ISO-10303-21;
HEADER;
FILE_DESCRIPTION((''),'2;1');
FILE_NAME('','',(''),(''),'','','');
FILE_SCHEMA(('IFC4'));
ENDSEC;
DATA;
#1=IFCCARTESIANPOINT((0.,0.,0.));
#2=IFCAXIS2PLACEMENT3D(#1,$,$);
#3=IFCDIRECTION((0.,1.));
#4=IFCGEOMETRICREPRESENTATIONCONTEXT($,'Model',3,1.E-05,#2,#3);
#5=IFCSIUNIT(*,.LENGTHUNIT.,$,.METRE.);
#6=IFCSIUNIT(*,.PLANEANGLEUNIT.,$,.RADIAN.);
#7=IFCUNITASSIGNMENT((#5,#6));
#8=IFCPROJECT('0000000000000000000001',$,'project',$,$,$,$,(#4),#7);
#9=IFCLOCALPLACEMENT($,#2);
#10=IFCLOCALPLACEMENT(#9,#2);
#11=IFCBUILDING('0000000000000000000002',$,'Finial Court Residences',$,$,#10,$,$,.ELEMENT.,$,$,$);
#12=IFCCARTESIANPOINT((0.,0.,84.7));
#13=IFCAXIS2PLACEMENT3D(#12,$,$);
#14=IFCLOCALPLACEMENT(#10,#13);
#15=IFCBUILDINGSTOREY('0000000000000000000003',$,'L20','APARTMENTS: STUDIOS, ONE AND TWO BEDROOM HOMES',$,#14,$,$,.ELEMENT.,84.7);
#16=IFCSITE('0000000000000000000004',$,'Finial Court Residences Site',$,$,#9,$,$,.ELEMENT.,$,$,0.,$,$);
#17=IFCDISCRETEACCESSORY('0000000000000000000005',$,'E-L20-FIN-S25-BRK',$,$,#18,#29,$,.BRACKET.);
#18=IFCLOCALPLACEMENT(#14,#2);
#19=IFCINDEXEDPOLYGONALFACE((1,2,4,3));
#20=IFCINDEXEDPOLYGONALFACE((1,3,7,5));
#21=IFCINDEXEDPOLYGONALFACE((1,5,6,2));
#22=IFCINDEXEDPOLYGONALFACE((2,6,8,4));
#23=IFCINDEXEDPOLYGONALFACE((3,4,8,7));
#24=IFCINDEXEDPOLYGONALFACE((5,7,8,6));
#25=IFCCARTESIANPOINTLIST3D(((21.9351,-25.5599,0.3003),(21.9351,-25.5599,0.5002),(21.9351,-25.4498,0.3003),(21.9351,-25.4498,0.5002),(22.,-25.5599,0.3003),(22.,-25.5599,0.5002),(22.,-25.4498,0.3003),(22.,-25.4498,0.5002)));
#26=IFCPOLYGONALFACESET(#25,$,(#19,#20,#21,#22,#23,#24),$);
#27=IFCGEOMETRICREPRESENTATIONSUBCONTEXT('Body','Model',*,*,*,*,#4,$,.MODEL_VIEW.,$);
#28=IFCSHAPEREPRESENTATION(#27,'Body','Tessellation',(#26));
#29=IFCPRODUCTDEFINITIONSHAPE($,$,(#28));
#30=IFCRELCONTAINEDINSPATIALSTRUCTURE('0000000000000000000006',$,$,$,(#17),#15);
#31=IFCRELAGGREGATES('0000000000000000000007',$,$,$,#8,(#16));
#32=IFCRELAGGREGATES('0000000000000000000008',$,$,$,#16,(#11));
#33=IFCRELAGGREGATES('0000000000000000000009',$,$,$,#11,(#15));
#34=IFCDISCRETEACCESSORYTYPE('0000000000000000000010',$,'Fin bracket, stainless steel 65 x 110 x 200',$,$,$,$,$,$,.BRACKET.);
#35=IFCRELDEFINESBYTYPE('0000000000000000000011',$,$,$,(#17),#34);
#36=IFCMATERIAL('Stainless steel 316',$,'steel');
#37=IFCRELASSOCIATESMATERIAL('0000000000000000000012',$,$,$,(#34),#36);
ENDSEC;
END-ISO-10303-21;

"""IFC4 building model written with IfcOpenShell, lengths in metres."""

from ifc_helpers import new_model, si_unit, direction, frame, origin, origin_2d, place, context, subcontext, project, spatial, rectangle, extrude, material, type_object, element, save


model = new_model("IFC4")

# Units and contexts
model_context = context("Model", 3, precision=1e-05, world=origin(), true_north=direction((0.0, 1.0)))
body_context = subcontext(model_context, "Body", "Model", "MODEL_VIEW")
ifc_project = project(units=[si_unit("LENGTHUNIT", "METRE"), si_unit("PLANEANGLEUNIT", "RADIAN")], contexts=[model_context])

# Site, building, storey
site_placement = place(None, origin())
site = spatial("IfcSite", under=ifc_project, at=site_placement, Name="Finial Court Residences Site", CompositionType="ELEMENT", RefElevation=0.0)
building_placement = place(site_placement, origin())
building = spatial("IfcBuilding", under=site, at=building_placement, Name="Finial Court Residences", CompositionType="ELEMENT")
storey_placement = place(building_placement, frame((0.0, 0.0, 84.7)))
storey = spatial("IfcBuildingStorey", under=building, at=storey_placement, Name="L20", Description="APARTMENTS: STUDIOS, ONE AND TWO BEDROOM HOMES", CompositionType="ELEMENT", Elevation=84.7)

# Discrete accessory
ifc_material_1 = material(Name="Stainless steel 316", Category="steel")
discrete_accessory_type = type_object("IfcDiscreteAccessoryType", Name="Fin bracket, stainless steel 65 x 110 x 200", PredefinedType="BRACKET", material=ifc_material_1)
for number, where, z_axis, x_axis, name in (
    (1, (21.9675, -25.5049, 0.3003), (0.0, 0.0, 1.0), (1.0, 0.0, 0.0), "E-L20-FIN-S25-BRK"),
):
    element("IfcDiscreteAccessory", number, at=place(storey_placement, frame(where, z_axis=z_axis, x_axis=x_axis)), inside=storey, type_object=discrete_accessory_type, Name=name, PredefinedType="BRACKET", context=body_context, shape_type="SweptSolid", body=[
        extrude(rectangle(XDim=0.0649, YDim=0.1101, at=origin_2d()), origin(), (0.0, 0.0, 1.0), 0.2),
    ])

save(model, "model.ifc")
